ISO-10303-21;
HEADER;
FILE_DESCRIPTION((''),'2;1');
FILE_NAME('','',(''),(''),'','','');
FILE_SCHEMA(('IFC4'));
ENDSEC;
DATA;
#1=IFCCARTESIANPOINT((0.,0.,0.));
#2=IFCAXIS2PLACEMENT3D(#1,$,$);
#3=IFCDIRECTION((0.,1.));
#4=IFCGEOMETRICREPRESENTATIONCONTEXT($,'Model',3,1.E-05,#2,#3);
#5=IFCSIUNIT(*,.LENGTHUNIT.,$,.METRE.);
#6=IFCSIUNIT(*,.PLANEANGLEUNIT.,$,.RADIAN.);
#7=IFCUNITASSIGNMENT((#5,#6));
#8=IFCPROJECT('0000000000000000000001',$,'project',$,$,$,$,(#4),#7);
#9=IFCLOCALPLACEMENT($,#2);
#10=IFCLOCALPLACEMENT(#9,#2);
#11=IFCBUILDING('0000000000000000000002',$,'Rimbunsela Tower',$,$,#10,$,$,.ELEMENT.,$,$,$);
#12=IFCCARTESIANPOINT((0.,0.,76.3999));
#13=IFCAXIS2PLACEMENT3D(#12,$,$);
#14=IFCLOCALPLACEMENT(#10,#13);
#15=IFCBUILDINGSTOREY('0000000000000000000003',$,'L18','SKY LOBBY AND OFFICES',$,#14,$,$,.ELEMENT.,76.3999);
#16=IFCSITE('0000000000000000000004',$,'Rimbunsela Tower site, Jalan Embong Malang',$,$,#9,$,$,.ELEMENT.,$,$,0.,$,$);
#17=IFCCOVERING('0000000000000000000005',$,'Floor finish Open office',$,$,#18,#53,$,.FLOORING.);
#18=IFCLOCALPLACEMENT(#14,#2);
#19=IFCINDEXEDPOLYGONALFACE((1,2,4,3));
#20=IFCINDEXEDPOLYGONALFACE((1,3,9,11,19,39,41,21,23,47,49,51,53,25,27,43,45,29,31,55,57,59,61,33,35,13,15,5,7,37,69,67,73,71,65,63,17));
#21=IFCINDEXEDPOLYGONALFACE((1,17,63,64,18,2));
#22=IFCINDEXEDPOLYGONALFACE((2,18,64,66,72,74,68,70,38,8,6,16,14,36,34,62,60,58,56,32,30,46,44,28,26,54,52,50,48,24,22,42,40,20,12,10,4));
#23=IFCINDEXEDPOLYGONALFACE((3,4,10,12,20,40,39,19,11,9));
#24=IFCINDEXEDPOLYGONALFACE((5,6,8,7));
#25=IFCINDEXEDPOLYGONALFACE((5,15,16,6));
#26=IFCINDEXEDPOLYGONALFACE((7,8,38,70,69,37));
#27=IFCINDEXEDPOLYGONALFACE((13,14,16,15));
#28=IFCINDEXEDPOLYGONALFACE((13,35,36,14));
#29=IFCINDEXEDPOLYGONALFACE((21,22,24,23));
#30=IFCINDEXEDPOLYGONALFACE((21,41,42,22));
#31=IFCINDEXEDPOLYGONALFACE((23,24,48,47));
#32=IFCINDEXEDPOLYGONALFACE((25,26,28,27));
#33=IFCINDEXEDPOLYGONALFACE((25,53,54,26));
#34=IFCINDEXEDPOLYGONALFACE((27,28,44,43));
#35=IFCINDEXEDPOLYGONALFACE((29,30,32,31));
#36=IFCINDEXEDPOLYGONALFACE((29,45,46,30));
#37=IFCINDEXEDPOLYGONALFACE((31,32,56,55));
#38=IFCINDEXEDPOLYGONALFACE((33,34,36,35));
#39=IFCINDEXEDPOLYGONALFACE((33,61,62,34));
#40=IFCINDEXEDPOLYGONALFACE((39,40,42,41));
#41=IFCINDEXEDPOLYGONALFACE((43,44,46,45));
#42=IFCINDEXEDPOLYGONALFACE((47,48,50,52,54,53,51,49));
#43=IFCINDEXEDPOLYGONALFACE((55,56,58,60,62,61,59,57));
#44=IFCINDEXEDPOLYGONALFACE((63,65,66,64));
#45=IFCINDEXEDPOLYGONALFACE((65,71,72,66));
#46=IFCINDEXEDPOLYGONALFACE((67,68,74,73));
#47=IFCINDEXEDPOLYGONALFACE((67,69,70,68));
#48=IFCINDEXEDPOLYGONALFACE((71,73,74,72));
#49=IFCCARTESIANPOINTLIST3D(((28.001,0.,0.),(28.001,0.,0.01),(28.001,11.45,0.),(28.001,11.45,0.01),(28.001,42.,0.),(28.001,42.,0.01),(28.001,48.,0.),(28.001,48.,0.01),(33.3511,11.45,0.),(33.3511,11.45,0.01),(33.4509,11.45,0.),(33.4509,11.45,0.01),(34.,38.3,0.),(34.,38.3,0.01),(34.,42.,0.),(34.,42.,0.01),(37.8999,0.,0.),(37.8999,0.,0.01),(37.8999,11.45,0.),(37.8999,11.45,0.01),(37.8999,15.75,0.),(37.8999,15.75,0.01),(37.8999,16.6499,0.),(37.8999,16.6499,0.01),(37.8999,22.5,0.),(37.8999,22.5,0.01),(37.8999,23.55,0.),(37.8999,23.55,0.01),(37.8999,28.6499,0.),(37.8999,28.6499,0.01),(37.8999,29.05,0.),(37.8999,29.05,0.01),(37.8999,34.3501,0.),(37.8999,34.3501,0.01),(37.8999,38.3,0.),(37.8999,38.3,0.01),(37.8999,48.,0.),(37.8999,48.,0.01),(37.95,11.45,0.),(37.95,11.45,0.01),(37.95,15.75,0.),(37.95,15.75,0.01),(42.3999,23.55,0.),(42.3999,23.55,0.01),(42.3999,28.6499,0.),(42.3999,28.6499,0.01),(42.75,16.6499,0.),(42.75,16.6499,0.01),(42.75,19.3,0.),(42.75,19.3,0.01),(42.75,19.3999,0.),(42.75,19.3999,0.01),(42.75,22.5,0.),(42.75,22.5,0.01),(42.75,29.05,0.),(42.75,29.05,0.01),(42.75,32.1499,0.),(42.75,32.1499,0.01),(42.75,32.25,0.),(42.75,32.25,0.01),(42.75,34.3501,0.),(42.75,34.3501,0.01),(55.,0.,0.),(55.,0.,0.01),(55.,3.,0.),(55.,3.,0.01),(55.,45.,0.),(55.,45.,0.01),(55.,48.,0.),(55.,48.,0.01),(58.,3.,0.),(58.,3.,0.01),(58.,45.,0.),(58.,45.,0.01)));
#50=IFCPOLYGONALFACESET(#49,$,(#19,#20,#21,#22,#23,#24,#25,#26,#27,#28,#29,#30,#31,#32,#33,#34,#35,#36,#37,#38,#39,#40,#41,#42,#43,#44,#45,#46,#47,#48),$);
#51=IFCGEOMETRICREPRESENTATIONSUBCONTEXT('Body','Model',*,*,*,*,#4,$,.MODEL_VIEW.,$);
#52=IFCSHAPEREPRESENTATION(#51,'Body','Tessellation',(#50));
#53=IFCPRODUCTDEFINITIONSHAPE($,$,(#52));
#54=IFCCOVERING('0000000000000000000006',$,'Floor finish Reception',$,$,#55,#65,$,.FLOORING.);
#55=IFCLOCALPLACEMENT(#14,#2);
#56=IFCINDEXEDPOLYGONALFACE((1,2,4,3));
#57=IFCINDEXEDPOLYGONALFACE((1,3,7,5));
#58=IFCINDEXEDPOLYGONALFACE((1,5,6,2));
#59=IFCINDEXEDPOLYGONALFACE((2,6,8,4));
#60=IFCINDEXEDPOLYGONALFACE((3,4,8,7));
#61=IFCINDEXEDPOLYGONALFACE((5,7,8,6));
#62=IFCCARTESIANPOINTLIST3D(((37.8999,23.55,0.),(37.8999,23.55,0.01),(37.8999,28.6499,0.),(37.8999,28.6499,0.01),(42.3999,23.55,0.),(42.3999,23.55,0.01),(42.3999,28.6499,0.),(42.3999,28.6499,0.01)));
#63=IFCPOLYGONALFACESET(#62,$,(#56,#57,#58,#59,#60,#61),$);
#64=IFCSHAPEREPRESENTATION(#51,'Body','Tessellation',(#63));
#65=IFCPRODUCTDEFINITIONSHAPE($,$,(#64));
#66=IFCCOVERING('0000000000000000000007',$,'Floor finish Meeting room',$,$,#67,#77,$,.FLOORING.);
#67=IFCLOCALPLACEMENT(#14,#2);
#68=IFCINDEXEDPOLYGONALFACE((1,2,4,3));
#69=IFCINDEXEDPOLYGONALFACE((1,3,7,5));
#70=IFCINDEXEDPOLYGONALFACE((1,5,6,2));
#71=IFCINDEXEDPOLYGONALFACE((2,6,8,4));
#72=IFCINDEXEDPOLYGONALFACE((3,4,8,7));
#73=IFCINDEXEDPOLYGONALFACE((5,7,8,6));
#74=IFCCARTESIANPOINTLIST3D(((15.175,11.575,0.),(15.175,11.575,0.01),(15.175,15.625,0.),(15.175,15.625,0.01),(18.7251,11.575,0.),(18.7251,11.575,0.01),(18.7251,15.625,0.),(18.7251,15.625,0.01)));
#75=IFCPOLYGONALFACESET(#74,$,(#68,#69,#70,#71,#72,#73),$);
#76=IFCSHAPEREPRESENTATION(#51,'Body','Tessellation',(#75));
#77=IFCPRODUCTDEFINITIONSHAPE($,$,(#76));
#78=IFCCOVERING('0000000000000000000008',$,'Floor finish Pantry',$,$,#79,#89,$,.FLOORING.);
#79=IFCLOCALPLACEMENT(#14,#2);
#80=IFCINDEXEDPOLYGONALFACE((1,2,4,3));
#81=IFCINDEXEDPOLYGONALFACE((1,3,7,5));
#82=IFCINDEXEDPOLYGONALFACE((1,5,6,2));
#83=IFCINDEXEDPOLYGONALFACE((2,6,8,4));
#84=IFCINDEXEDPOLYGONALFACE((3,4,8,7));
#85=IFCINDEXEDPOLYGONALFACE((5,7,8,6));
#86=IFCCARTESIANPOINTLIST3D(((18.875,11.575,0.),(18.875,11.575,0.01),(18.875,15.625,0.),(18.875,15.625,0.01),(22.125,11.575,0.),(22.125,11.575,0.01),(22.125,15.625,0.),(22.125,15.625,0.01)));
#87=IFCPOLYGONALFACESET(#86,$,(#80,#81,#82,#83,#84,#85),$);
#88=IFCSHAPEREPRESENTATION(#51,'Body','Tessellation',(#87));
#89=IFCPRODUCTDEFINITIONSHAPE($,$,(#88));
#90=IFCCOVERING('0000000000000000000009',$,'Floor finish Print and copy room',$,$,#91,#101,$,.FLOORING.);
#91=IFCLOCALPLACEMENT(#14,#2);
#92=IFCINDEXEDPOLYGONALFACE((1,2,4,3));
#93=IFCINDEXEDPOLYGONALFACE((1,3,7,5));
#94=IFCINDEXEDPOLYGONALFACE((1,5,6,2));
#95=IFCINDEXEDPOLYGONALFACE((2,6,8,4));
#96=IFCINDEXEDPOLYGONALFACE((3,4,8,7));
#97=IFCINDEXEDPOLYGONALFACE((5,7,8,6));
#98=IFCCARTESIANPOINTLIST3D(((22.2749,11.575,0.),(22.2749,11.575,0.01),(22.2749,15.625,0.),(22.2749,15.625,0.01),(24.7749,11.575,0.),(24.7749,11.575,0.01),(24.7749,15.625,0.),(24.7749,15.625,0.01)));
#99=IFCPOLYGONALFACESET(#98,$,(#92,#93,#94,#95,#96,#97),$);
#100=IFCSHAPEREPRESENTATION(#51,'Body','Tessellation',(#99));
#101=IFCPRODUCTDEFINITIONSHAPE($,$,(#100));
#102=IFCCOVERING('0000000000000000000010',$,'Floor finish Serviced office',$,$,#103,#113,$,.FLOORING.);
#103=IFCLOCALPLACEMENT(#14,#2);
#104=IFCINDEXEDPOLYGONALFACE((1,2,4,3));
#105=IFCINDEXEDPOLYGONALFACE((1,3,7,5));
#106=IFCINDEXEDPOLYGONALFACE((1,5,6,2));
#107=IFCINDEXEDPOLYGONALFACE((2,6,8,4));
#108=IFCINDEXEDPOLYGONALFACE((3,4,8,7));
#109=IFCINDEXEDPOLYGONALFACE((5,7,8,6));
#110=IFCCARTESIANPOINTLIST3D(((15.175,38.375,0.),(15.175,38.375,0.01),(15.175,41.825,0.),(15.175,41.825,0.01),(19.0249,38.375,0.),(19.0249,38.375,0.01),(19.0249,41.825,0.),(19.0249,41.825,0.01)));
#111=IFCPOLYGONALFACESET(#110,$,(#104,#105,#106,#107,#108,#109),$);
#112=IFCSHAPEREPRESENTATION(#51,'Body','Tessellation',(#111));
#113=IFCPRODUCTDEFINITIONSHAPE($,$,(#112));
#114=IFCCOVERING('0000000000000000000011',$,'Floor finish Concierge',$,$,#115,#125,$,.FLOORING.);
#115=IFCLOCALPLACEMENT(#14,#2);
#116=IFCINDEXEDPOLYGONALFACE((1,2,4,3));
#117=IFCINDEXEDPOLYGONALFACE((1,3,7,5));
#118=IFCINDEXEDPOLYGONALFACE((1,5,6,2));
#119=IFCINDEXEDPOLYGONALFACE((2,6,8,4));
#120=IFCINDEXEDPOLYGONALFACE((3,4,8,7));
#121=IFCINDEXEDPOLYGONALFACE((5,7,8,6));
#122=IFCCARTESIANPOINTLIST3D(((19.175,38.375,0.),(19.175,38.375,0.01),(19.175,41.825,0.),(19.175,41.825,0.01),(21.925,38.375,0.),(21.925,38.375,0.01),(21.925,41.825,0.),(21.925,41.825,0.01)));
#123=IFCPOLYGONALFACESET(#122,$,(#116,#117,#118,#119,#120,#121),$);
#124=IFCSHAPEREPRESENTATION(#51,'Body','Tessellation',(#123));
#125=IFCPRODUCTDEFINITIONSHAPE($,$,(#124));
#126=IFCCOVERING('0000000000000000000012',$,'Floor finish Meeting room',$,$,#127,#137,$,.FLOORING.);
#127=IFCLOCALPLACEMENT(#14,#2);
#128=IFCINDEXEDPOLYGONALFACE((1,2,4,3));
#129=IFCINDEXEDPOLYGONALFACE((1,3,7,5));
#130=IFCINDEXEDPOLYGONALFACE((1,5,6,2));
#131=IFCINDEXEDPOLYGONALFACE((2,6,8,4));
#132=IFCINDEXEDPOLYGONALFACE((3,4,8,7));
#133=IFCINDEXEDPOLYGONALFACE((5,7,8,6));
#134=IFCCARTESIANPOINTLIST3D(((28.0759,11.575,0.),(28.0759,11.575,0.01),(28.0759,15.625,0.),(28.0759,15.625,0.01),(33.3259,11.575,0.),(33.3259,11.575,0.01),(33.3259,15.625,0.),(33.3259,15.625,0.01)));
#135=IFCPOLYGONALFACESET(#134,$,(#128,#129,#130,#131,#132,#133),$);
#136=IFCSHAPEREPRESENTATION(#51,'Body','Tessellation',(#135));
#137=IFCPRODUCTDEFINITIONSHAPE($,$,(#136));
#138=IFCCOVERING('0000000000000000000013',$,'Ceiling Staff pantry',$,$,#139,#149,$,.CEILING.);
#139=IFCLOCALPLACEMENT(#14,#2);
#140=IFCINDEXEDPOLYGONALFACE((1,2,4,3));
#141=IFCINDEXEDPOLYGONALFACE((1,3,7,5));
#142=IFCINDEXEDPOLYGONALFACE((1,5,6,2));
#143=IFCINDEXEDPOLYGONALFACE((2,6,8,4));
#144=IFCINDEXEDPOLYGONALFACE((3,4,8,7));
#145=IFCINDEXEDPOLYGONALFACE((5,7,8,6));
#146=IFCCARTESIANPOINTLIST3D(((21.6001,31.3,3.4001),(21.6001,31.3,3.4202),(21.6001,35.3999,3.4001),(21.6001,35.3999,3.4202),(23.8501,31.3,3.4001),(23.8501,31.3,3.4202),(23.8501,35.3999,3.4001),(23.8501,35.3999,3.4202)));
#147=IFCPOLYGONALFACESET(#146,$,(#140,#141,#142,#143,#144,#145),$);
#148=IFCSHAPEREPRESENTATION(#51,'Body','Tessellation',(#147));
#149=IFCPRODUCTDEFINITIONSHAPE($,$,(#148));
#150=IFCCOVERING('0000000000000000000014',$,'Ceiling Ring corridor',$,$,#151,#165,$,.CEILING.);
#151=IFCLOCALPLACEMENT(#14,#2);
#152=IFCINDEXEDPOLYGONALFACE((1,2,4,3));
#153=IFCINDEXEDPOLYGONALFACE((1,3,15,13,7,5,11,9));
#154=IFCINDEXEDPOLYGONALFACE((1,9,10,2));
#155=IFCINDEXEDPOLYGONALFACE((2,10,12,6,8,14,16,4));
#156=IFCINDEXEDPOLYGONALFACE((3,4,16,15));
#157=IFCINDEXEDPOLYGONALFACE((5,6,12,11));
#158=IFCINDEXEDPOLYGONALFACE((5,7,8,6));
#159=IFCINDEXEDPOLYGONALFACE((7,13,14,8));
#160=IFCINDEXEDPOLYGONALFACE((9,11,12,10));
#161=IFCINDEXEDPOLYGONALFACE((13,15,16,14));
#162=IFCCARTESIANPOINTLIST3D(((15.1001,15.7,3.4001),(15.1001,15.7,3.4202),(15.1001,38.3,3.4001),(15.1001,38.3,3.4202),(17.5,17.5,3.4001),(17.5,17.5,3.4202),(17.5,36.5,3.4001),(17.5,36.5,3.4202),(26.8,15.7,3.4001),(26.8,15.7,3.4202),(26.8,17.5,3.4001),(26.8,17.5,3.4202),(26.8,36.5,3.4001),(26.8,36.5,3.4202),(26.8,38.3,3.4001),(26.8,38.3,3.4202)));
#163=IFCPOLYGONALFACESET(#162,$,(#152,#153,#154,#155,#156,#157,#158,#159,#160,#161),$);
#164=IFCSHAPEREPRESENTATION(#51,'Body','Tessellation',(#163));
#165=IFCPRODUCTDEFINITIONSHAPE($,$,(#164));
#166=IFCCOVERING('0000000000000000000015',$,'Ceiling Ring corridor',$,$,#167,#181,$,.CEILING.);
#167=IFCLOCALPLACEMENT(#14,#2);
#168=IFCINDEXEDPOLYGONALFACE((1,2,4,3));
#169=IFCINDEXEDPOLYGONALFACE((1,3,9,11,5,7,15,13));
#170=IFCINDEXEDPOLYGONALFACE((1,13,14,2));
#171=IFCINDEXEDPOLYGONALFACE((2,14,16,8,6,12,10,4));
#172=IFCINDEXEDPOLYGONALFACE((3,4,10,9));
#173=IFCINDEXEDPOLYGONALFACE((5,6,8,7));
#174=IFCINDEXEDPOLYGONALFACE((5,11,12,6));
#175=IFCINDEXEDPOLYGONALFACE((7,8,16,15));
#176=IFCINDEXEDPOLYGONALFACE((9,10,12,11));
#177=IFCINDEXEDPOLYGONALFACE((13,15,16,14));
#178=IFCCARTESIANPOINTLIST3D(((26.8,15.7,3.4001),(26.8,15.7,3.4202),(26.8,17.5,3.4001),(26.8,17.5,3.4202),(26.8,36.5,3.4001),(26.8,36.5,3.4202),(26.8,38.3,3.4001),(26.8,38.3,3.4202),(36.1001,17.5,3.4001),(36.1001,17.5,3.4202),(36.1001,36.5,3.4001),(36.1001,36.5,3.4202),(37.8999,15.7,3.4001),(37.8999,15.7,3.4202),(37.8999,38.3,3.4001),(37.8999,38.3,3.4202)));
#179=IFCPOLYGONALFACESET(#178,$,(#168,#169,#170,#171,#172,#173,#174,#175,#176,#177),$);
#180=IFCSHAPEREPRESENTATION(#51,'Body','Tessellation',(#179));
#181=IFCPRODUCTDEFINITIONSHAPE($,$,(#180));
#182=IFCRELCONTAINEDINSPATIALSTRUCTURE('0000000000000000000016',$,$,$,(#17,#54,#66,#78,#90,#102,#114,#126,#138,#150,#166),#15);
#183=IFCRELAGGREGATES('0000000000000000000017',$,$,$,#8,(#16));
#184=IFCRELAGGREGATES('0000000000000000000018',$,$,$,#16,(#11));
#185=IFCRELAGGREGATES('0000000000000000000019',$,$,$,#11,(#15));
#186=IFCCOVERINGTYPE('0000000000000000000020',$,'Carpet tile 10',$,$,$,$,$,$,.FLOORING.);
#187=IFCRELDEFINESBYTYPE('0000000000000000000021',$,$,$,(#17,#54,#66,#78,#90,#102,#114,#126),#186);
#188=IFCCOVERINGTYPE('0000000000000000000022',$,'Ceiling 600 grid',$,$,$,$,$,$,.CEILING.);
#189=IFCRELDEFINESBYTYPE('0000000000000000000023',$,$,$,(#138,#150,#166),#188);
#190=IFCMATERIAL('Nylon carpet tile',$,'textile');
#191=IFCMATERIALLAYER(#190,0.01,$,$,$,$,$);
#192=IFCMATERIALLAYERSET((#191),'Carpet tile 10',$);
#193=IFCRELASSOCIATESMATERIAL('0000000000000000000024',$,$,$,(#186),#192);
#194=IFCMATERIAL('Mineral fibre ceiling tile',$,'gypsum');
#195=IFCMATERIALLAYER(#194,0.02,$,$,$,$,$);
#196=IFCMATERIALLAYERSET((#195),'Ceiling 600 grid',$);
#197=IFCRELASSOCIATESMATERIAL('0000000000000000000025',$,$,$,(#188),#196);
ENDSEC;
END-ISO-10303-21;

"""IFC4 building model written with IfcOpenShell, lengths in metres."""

from ifc_helpers import new_model, si_unit, direction, frame, origin, place, context, subcontext, project, spatial, polyline, outline, extrude, material, layer, layer_set, type_object, element, save


model = new_model("IFC4")

# Units and contexts
model_context = context("Model", 3, precision=1e-05, world=origin(), true_north=direction((0.0, 1.0)))
body_context = subcontext(model_context, "Body", "Model", "MODEL_VIEW")
ifc_project = project(units=[si_unit("LENGTHUNIT", "METRE"), si_unit("PLANEANGLEUNIT", "RADIAN")], contexts=[model_context])

# Site, building, storey
site_placement = place(None, origin())
site = spatial("IfcSite", under=ifc_project, at=site_placement, Name="Rimbunsela Tower site, Jalan Embong Malang", CompositionType="ELEMENT", RefElevation=0.0)
building_placement = place(site_placement, origin())
building = spatial("IfcBuilding", under=site, at=building_placement, Name="Rimbunsela Tower", CompositionType="ELEMENT")
storey_placement = place(building_placement, frame((0.0, 0.0, 76.3999)))
storey = spatial("IfcBuildingStorey", under=building, at=storey_placement, Name="L18", Description="SKY LOBBY AND OFFICES", CompositionType="ELEMENT", Elevation=76.3999)

# Coverings
ifc_material_1 = material(Name="Nylon carpet tile", Category="textile")
ifc_layer_1 = layer(ifc_material_1, 0.01)
ifc_layer_set_1 = layer_set([ifc_layer_1], Name="Carpet tile 10")
covering_type_1 = type_object("IfcCoveringType", Name="Carpet tile 10", PredefinedType="FLOORING", material=ifc_layer_set_1)
covering_1_placement = place(storey_placement, origin())
element("IfcCovering", 1, at=covering_1_placement, inside=storey, type_object=covering_type_1, Name="Floor finish Open office", PredefinedType="FLOORING", context=body_context, shape_type="SweptSolid", body=[
    extrude(outline(polyline([(28.001, 11.45), (33.3511, 11.45), (33.4509, 11.45), (37.8999, 11.45), (37.95, 11.45), (37.95, 15.75), (37.8999, 15.75), (37.8999, 16.6499), (42.75, 16.6499), (42.75, 19.3), (42.75, 19.3999), (42.75, 22.5), (37.8999, 22.5), (37.8999, 23.55), (42.3999, 23.55), (42.3999, 28.6499), (37.8999, 28.6499), (37.8999, 29.05), (42.75, 29.05), (42.75, 32.1499), (42.75, 32.25), (42.75, 34.3501), (37.8999, 34.3501), (37.8999, 38.3), (34.0, 38.3), (34.0, 42.0), (28.001, 42.0), (28.001, 48.0), (37.8999, 48.0), (55.0, 48.0), (55.0, 45.0), (58.0, 45.0), (58.0, 3.0), (55.0, 3.0), (55.0, 0.0), (37.8999, 0.0), (28.001, 0.0), (28.001, 11.45)])), origin(), (0.0, 0.0, 1.0), 0.01),
])
covering_2_placement = place(storey_placement, origin())
element("IfcCovering", 2, at=covering_2_placement, inside=storey, type_object=covering_type_1, Name="Floor finish Reception", PredefinedType="FLOORING", context=body_context, shape_type="SweptSolid", body=[
    extrude(outline(polyline([(42.3999, 23.55), (42.3999, 28.6499), (37.8999, 28.6499), (37.8999, 23.55), (42.3999, 23.55)])), origin(), (0.0, 0.0, 1.0), 0.01),
])
covering_3_placement = place(storey_placement, origin())
element("IfcCovering", 3, at=covering_3_placement, inside=storey, type_object=covering_type_1, Name="Floor finish Meeting room", PredefinedType="FLOORING", context=body_context, shape_type="SweptSolid", body=[
    extrude(outline(polyline([(18.7251, 11.575), (18.7251, 15.625), (15.175, 15.625), (15.175, 11.575), (18.7251, 11.575)])), origin(), (0.0, 0.0, 1.0), 0.01),
])
covering_4_placement = place(storey_placement, origin())
element("IfcCovering", 4, at=covering_4_placement, inside=storey, type_object=covering_type_1, Name="Floor finish Pantry", PredefinedType="FLOORING", context=body_context, shape_type="SweptSolid", body=[
    extrude(outline(polyline([(22.125, 11.575), (22.125, 15.625), (18.875, 15.625), (18.875, 11.575), (22.125, 11.575)])), origin(), (0.0, 0.0, 1.0), 0.01),
])
covering_5_placement = place(storey_placement, origin())
element("IfcCovering", 5, at=covering_5_placement, inside=storey, type_object=covering_type_1, Name="Floor finish Print and copy room", PredefinedType="FLOORING", context=body_context, shape_type="SweptSolid", body=[
    extrude(outline(polyline([(24.7749, 11.575), (24.7749, 15.625), (22.2749, 15.625), (22.2749, 11.575), (24.7749, 11.575)])), origin(), (0.0, 0.0, 1.0), 0.01),
])
covering_6_placement = place(storey_placement, origin())
element("IfcCovering", 6, at=covering_6_placement, inside=storey, type_object=covering_type_1, Name="Floor finish Serviced office", PredefinedType="FLOORING", context=body_context, shape_type="SweptSolid", body=[
    extrude(outline(polyline([(19.0249, 38.375), (19.0249, 41.825), (15.175, 41.825), (15.175, 38.375), (19.0249, 38.375)])), origin(), (0.0, 0.0, 1.0), 0.01),
])
covering_7_placement = place(storey_placement, origin())
element("IfcCovering", 7, at=covering_7_placement, inside=storey, type_object=covering_type_1, Name="Floor finish Concierge", PredefinedType="FLOORING", context=body_context, shape_type="SweptSolid", body=[
    extrude(outline(polyline([(21.925, 38.375), (21.925, 41.825), (19.175, 41.825), (19.175, 38.375), (21.925, 38.375)])), origin(), (0.0, 0.0, 1.0), 0.01),
])
covering_8_placement = place(storey_placement, origin())
element("IfcCovering", 8, at=covering_8_placement, inside=storey, type_object=covering_type_1, Name="Floor finish Meeting room", PredefinedType="FLOORING", context=body_context, shape_type="SweptSolid", body=[
    extrude(outline(polyline([(33.3259, 11.575), (33.3259, 15.625), (28.0759, 15.625), (28.0759, 11.575), (33.3259, 11.575)])), origin(), (0.0, 0.0, 1.0), 0.01),
])
ifc_material_2 = material(Name="Mineral fibre ceiling tile", Category="gypsum")
ifc_layer_2 = layer(ifc_material_2, 0.02)
ifc_layer_set_2 = layer_set([ifc_layer_2], Name="Ceiling 600 grid")
covering_type_2 = type_object("IfcCoveringType", Name="Ceiling 600 grid", PredefinedType="CEILING", material=ifc_layer_set_2)
covering_9_placement = place(storey_placement, frame((0.0, 0.0, 3.4001)))
element("IfcCovering", 9, at=covering_9_placement, inside=storey, type_object=covering_type_2, Name="Ceiling Staff pantry", PredefinedType="CEILING", context=body_context, shape_type="SweptSolid", body=[
    extrude(outline(polyline([(23.8501, 31.3), (23.8501, 35.3999), (21.6001, 35.3999), (21.6001, 31.3), (23.8501, 31.3)])), origin(), (0.0, 0.0, 1.0), 0.02),
])
covering_10_placement = place(storey_placement, frame((0.0, 0.0, 3.4001)))
element("IfcCovering", 10, at=covering_10_placement, inside=storey, type_object=covering_type_2, Name="Ceiling Ring corridor", PredefinedType="CEILING", context=body_context, shape_type="SweptSolid", body=[
    extrude(outline(polyline([(15.1001, 38.3), (26.8, 38.3), (26.8, 36.5), (17.5, 36.5), (17.5, 17.5), (26.8, 17.5), (26.8, 15.7), (15.1001, 15.7), (15.1001, 38.3)])), origin(), (0.0, 0.0, 1.0), 0.02),
])
covering_11_placement = place(storey_placement, frame((0.0, 0.0, 3.4001)))
element("IfcCovering", 11, at=covering_11_placement, inside=storey, type_object=covering_type_2, Name="Ceiling Ring corridor", PredefinedType="CEILING", context=body_context, shape_type="SweptSolid", body=[
    extrude(outline(polyline([(37.8999, 38.3), (37.8999, 15.7), (26.8, 15.7), (26.8, 17.5), (36.1001, 17.5), (36.1001, 36.5), (26.8, 36.5), (26.8, 38.3), (37.8999, 38.3)])), origin(), (0.0, 0.0, 1.0), 0.02),
])

save(model, "model.ifc")
